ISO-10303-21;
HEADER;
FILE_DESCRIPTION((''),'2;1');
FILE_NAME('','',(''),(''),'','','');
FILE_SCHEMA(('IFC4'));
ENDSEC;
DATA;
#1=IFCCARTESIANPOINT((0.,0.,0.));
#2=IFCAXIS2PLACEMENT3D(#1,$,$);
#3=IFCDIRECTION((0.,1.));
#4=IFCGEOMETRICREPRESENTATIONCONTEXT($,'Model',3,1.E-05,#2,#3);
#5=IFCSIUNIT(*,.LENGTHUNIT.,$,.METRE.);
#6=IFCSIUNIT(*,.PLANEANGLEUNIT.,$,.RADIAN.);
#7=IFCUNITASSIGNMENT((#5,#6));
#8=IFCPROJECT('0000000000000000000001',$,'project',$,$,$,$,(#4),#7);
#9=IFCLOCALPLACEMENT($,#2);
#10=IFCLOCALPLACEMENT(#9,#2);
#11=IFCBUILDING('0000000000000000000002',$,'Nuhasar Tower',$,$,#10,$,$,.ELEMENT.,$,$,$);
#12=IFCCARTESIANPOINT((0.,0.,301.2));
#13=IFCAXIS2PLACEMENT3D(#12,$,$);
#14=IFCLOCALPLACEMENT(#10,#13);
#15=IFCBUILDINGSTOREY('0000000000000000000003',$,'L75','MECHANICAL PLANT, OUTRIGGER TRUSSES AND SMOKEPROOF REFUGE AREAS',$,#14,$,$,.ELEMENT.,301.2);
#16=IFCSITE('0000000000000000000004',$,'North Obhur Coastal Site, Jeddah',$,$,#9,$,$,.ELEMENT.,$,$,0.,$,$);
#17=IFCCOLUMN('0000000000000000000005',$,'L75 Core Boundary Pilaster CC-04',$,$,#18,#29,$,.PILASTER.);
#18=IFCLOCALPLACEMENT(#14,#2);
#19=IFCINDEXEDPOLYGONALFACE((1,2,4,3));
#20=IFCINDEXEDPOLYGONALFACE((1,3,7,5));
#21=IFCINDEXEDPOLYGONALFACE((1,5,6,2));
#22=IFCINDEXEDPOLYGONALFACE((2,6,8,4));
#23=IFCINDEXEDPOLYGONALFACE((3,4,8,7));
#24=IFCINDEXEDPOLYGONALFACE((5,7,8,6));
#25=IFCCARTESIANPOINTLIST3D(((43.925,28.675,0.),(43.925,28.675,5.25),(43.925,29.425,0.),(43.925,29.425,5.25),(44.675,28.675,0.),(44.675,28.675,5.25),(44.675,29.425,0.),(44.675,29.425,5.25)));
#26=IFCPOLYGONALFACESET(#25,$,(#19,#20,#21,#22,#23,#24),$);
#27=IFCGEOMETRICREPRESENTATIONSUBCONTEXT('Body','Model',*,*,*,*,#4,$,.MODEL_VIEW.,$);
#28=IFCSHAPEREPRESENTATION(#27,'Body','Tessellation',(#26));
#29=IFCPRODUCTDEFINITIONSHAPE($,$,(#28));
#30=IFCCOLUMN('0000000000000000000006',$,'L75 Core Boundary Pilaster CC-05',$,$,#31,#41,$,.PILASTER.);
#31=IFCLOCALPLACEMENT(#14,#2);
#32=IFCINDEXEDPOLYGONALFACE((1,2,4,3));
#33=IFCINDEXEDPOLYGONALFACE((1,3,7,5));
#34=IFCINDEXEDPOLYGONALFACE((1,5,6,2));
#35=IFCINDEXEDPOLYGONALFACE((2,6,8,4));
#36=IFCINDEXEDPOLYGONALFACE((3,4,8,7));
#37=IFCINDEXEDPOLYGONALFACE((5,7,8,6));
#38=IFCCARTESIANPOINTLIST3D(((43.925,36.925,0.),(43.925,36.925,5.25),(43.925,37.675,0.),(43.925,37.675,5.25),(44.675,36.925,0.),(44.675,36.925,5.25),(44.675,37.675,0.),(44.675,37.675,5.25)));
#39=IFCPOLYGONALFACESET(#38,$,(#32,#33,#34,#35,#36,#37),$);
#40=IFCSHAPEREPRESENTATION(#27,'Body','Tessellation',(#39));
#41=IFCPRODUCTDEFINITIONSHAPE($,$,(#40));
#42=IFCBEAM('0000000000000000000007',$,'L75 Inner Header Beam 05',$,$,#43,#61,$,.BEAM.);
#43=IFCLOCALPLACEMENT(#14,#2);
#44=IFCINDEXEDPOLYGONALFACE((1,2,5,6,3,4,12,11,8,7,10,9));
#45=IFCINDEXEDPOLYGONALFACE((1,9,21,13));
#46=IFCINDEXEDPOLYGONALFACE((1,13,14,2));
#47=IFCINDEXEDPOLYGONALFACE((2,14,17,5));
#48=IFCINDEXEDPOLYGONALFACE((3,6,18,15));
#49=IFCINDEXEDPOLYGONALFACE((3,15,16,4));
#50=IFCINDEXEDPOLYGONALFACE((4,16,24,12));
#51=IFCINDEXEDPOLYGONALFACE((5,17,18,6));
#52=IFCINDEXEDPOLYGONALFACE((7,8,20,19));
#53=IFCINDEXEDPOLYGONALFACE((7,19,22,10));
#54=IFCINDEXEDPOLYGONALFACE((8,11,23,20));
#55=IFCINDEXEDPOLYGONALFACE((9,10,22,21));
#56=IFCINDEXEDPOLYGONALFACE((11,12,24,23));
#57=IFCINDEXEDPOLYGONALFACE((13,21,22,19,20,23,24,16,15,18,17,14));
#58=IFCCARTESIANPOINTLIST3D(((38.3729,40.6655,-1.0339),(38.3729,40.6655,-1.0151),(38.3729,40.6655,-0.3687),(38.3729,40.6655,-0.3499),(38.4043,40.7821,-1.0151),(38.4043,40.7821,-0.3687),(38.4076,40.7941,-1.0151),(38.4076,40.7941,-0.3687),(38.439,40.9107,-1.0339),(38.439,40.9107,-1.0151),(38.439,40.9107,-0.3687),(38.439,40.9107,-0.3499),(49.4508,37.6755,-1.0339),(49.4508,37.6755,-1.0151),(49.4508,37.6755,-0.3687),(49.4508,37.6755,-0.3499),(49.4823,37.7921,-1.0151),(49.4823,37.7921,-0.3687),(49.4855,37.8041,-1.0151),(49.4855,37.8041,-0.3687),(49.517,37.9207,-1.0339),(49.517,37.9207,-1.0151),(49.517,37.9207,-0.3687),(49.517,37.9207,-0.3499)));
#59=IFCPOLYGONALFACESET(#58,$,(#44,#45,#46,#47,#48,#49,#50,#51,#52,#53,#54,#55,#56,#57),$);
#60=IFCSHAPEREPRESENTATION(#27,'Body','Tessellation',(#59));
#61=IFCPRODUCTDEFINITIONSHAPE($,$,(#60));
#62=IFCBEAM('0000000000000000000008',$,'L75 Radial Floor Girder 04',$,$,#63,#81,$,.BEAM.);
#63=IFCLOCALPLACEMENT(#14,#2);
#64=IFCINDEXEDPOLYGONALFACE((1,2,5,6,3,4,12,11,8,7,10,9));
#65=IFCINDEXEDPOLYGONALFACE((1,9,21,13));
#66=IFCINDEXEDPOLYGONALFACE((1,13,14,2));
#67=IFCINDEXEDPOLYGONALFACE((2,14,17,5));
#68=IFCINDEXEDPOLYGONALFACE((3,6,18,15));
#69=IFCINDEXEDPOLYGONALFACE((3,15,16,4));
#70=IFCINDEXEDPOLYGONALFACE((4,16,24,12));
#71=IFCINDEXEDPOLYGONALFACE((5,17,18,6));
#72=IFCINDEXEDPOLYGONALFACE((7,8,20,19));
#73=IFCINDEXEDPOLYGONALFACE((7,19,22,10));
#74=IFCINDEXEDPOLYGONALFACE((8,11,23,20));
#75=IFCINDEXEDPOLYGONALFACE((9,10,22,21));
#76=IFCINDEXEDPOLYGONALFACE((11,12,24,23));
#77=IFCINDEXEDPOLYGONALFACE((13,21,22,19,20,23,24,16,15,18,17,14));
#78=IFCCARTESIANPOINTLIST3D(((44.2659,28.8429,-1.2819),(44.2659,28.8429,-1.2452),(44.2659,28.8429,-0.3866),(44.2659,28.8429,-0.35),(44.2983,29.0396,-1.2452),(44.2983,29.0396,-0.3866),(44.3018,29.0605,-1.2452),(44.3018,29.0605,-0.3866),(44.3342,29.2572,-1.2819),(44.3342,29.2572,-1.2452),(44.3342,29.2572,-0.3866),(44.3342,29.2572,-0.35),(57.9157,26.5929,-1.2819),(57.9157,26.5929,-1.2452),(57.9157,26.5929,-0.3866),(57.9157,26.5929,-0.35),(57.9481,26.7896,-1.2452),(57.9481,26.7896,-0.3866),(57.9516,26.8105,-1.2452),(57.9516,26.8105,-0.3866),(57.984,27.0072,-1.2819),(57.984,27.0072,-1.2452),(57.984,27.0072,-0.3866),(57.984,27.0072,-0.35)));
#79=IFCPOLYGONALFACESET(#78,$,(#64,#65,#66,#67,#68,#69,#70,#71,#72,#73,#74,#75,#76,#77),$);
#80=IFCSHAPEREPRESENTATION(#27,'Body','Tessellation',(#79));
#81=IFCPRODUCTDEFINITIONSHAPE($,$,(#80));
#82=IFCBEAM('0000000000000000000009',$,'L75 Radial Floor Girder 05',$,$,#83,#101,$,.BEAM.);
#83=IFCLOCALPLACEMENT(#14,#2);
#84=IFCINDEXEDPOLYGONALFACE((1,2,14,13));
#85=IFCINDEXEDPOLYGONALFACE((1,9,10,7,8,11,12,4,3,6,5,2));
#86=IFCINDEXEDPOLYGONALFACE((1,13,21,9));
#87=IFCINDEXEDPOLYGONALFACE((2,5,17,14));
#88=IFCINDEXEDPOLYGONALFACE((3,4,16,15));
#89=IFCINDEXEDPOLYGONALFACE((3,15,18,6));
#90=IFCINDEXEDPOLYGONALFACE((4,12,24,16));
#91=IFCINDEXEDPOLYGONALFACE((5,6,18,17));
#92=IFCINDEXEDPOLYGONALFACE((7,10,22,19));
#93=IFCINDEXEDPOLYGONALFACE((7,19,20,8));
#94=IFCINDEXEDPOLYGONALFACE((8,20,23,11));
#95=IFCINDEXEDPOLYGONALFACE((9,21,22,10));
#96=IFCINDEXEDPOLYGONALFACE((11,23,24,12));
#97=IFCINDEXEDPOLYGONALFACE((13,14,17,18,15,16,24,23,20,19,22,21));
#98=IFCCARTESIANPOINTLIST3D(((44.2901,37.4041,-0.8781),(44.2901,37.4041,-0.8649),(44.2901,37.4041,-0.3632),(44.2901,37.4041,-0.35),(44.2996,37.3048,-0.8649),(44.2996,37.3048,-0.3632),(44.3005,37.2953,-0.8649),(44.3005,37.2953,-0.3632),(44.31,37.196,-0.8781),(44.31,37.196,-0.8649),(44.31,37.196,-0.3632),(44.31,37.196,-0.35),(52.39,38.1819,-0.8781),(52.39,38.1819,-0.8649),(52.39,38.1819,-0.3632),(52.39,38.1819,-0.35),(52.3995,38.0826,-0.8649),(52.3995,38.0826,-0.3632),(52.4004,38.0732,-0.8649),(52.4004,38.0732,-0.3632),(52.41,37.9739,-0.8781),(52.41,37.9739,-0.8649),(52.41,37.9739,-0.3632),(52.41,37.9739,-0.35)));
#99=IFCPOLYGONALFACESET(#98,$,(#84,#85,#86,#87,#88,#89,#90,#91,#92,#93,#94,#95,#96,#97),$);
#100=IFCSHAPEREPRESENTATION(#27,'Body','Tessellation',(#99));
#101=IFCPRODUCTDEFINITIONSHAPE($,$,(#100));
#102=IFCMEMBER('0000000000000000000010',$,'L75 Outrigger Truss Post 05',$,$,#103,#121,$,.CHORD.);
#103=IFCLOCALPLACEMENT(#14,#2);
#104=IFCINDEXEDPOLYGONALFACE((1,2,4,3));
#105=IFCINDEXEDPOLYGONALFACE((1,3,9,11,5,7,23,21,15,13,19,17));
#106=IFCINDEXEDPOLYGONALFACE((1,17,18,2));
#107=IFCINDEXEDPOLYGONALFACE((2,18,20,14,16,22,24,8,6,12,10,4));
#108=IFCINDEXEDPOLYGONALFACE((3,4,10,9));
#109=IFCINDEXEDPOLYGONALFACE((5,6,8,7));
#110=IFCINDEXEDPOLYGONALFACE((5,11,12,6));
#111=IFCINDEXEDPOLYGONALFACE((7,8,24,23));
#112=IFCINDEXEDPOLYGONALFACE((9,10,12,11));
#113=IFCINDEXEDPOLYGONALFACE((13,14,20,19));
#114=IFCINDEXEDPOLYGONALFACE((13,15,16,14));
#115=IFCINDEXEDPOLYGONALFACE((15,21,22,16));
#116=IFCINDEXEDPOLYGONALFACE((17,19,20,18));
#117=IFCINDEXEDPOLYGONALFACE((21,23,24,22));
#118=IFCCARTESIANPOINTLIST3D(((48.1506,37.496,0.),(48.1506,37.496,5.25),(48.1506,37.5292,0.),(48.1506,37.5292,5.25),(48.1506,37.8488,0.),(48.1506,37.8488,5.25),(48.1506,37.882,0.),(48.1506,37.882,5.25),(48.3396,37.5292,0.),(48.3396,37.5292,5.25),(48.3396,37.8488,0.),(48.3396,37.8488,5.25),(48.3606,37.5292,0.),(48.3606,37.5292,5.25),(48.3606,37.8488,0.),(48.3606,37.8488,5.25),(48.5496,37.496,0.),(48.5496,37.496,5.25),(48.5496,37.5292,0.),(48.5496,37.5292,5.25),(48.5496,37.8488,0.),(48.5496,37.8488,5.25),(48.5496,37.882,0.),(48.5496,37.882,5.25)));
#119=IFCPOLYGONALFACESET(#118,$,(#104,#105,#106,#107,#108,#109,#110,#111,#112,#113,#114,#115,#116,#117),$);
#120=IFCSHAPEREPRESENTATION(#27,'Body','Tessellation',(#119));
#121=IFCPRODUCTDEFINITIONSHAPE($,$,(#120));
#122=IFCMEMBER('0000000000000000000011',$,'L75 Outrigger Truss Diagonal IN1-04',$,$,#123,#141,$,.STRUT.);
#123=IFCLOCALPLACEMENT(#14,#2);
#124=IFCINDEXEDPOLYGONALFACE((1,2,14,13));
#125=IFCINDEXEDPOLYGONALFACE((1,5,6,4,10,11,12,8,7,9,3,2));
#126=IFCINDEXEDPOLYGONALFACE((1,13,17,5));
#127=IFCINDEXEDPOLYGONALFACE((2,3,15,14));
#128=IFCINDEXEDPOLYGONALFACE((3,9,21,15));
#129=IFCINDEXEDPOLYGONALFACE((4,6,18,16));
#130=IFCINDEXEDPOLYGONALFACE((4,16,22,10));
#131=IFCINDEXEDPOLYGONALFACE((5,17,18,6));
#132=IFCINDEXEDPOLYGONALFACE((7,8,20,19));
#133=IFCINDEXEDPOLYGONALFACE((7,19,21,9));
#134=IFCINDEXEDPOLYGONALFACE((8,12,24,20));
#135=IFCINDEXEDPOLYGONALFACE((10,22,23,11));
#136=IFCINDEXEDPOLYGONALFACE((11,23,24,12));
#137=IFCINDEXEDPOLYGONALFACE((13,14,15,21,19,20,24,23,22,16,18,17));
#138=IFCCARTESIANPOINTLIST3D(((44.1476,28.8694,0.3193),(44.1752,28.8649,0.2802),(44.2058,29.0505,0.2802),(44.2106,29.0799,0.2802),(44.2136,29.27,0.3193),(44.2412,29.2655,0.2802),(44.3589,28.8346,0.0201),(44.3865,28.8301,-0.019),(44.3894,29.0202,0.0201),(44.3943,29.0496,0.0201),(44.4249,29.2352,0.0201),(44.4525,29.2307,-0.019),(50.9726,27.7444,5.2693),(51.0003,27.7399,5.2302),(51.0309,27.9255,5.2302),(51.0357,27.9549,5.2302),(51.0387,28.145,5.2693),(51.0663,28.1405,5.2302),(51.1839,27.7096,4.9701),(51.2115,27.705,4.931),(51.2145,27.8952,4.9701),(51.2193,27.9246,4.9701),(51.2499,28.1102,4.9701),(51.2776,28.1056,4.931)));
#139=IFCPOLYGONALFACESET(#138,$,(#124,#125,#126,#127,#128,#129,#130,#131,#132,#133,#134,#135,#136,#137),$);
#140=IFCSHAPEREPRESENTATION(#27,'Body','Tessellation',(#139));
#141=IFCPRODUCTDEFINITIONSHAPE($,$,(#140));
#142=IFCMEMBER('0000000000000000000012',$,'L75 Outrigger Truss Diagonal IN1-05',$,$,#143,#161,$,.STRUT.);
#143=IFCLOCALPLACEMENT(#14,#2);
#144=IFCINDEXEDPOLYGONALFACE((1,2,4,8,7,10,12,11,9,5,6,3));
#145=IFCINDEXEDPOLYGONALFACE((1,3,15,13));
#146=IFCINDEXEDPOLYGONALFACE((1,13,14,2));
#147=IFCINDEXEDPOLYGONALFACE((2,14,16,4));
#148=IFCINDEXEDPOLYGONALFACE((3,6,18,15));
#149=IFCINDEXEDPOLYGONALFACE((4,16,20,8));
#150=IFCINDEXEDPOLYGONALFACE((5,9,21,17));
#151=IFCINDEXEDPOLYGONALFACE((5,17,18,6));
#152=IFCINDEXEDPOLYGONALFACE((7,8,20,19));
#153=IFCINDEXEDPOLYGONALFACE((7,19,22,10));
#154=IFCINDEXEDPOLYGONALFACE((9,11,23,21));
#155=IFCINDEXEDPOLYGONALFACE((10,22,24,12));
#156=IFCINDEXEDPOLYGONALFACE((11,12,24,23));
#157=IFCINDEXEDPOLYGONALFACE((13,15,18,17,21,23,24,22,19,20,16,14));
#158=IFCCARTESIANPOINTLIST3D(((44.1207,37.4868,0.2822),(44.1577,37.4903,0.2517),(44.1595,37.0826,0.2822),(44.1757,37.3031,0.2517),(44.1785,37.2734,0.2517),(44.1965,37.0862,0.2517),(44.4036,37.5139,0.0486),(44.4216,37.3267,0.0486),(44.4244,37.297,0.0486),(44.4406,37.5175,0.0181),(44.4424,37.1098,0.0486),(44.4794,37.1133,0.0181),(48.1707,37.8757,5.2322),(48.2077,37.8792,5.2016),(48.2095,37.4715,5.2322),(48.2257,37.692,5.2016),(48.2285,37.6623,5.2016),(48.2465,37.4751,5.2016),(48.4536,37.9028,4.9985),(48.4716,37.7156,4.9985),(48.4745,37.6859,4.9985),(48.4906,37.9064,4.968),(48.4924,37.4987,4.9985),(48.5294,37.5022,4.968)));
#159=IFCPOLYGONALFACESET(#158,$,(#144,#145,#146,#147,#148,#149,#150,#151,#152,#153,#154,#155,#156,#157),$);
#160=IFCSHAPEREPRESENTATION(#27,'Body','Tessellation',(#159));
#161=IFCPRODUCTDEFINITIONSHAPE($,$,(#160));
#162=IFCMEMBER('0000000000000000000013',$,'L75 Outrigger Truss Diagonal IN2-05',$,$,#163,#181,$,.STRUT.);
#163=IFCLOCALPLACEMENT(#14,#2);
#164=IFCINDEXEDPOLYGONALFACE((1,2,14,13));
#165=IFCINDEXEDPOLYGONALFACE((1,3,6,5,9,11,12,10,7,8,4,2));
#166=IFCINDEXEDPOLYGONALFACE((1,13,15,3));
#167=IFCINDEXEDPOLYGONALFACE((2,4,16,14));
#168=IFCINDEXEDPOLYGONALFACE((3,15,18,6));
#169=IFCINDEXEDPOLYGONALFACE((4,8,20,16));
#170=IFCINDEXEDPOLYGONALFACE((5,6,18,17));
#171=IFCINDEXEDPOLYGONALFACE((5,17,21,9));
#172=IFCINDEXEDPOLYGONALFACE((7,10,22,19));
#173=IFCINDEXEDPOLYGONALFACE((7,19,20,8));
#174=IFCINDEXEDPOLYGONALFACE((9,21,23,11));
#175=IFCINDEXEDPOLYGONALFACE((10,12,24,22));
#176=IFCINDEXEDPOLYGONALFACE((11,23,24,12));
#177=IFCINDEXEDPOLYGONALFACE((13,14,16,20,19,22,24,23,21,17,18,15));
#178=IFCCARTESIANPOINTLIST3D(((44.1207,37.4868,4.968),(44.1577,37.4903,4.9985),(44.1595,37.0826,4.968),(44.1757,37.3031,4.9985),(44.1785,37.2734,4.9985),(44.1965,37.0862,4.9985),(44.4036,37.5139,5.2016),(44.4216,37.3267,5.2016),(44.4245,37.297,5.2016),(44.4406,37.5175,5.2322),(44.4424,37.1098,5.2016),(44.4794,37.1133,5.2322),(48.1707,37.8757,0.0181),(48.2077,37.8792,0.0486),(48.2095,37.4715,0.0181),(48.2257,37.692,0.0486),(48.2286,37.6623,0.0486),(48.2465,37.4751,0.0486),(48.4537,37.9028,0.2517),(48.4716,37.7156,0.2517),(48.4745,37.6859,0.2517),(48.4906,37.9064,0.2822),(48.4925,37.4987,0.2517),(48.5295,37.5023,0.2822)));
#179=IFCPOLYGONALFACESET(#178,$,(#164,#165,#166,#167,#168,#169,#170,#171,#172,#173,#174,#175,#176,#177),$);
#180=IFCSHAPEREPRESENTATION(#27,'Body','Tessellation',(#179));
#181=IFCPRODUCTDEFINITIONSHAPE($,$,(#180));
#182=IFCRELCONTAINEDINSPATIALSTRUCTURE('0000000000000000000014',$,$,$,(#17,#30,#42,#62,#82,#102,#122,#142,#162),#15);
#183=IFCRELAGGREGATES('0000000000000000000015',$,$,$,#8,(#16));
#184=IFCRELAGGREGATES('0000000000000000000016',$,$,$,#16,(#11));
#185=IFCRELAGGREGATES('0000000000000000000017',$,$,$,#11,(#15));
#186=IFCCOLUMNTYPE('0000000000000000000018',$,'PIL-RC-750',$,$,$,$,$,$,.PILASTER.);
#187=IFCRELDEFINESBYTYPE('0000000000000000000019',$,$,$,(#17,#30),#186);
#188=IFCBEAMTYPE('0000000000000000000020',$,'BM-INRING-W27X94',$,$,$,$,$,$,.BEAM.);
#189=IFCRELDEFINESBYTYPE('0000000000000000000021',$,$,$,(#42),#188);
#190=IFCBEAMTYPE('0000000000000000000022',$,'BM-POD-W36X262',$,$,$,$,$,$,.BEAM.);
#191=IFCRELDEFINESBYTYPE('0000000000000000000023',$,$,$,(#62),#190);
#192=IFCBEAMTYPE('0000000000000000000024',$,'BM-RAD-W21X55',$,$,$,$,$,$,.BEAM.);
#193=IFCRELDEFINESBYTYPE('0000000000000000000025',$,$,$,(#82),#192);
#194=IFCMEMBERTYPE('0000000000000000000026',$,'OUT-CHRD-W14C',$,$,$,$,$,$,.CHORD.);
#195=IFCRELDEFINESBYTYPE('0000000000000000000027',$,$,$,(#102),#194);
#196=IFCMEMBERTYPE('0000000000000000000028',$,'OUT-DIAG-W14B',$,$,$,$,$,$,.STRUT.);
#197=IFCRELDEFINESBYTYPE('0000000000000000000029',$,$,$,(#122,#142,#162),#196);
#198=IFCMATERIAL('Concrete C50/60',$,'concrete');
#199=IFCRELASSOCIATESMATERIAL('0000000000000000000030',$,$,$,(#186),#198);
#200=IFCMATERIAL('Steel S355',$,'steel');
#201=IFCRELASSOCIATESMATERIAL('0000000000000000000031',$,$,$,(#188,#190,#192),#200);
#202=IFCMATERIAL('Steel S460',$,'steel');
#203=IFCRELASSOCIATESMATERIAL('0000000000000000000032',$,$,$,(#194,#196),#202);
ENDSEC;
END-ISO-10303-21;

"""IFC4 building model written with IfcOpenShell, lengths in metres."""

from ifc_helpers import new_model, si_unit, direction, frame, origin, origin_2d, place, context, subcontext, project, spatial, rectangle, i_section, extrude, material, material_profile, profile_set, type_object, element, save


model = new_model("IFC4")

# Units and contexts
model_context = context("Model", 3, precision=1e-05, world=origin(), true_north=direction((0.0, 1.0)))
body_context = subcontext(model_context, "Body", "Model", "MODEL_VIEW")
ifc_project = project(units=[si_unit("LENGTHUNIT", "METRE"), si_unit("PLANEANGLEUNIT", "RADIAN")], contexts=[model_context])

# Site, building, storey
site_placement = place(None, origin())
site = spatial("IfcSite", under=ifc_project, at=site_placement, Name="North Obhur Coastal Site, Jeddah", CompositionType="ELEMENT", RefElevation=0.0)
building_placement = place(site_placement, origin())
building = spatial("IfcBuilding", under=site, at=building_placement, Name="Nuhasar Tower", CompositionType="ELEMENT")
storey_placement = place(building_placement, frame((0.0, 0.0, 301.2)))
storey = spatial("IfcBuildingStorey", under=building, at=storey_placement, Name="L75", Description="MECHANICAL PLANT, OUTRIGGER TRUSSES AND SMOKEPROOF REFUGE AREAS", CompositionType="ELEMENT", Elevation=301.2)

# Columns
ifc_material_1 = material(Name="Concrete C50/60", Category="concrete")
ifc_material_profile_1 = material_profile(ifc_material_1, rectangle(XDim=0.75, YDim=0.75, at=origin_2d()), Name="RC750X750")
ifc_profile_set_1 = profile_set([ifc_material_profile_1], Name="Concrete C50/60")
column_type = type_object("IfcColumnType", Name="PIL-RC-750", PredefinedType="PILASTER", material=ifc_profile_set_1)
for number, where, z_axis, x_axis, name in (
    (1, (44.3, 29.05, 0.0), (0.0, 0.0, 1.0), (1.0, 0.0, 0.0), "L75 Core Boundary Pilaster CC-04"),
    (2, (44.3, 37.3, 0.0), (0.0, 0.0, 1.0), (1.0, 0.0, 0.0), "L75 Core Boundary Pilaster CC-05"),
):
    element("IfcColumn", number, at=place(storey_placement, frame(where, z_axis=z_axis, x_axis=x_axis)), inside=storey, type_object=column_type, Name=name, PredefinedType="PILASTER", context=body_context, shape_type="SweptSolid", body=[
        extrude(rectangle(XDim=0.75, YDim=0.75, at=origin_2d()), origin(), (0.0, 0.0, 1.0), 5.25),
    ])

# Beams
ifc_material_2 = material(Name="Steel S355", Category="steel")
ifc_material_profile_2 = material_profile(ifc_material_2, i_section(OverallWidth=0.2539, OverallDepth=0.6841, WebThickness=0.0125, FlangeThickness=0.0188, at=origin_2d()), Name="W27X94")
ifc_profile_set_2 = profile_set([ifc_material_profile_2], Name="Steel S355")
beam_type_1 = type_object("IfcBeamType", Name="BM-INRING-W27X94", PredefinedType="BEAM", material=ifc_profile_set_2)
beam_1_placement = place(storey_placement, frame((49.4839, 37.7981, -0.6919), z_axis=(-0.965452, 0.260582, 0.0), x_axis=(-0.260582, -0.965452, 0.0)))
element("IfcBeam", 3, at=beam_1_placement, inside=storey, type_object=beam_type_1, Name="L75 Inner Header Beam 05", PredefinedType="BEAM", context=body_context, shape_type="SweptSolid", body=[
    extrude(i_section(OverallWidth=0.2539, OverallDepth=0.6841, WebThickness=0.0125, FlangeThickness=0.0188, at=origin_2d()), origin(), (0.0, 0.0, 1.0), 11.4744),
])
ifc_material_profile_3 = material_profile(ifc_material_2, i_section(OverallWidth=0.4199, OverallDepth=0.9319, WebThickness=0.0212, FlangeThickness=0.0366, at=origin_2d()), Name="W36X262")
ifc_profile_set_3 = profile_set([ifc_material_profile_3], Name="Steel S355")
beam_type_2 = type_object("IfcBeamType", Name="BM-POD-W36X262", PredefinedType="BEAM", material=ifc_profile_set_3)
beam_2_placement = place(storey_placement, frame((44.3, 29.05, -0.8159), z_axis=(0.986685, -0.162642, 0.0), x_axis=(0.162642, 0.986685, 0.0)))
element("IfcBeam", 4, at=beam_2_placement, inside=storey, type_object=beam_type_2, Name="L75 Radial Floor Girder 04", PredefinedType="BEAM", context=body_context, shape_type="SweptSolid", body=[
    extrude(i_section(OverallWidth=0.4199, OverallDepth=0.9319, WebThickness=0.0212, FlangeThickness=0.0366, at=origin_2d()), origin(), (0.0, 0.0, 1.0), 13.834),
])
ifc_material_profile_4 = material_profile(ifc_material_2, i_section(OverallWidth=0.209, OverallDepth=0.5281, WebThickness=0.0095, FlangeThickness=0.0132, at=origin_2d()), Name="W21X55")
ifc_profile_set_4 = profile_set([ifc_material_profile_4], Name="Steel S355")
beam_type_3 = type_object("IfcBeamType", Name="BM-RAD-W21X55", PredefinedType="BEAM", material=ifc_profile_set_4)
beam_3_placement = place(storey_placement, frame((44.3, 37.3, -0.614), z_axis=(0.995421, 0.095591, 0.0), x_axis=(-0.095591, 0.995421, 0.0)))
element("IfcBeam", 5, at=beam_3_placement, inside=storey, type_object=beam_type_3, Name="L75 Radial Floor Girder 05", PredefinedType="BEAM", context=body_context, shape_type="SweptSolid", body=[
    extrude(i_section(OverallWidth=0.209, OverallDepth=0.5281, WebThickness=0.0095, FlangeThickness=0.0132, at=origin_2d()), origin(), (0.0, 0.0, 1.0), 8.1372),
])

# Members
ifc_material_3 = material(Name="Steel S460", Category="steel")
ifc_material_profile_5 = material_profile(ifc_material_3, i_section(OverallWidth=0.3989, OverallDepth=0.386, WebThickness=0.021, FlangeThickness=0.0332, at=origin_2d()), Name="W14X176")
ifc_profile_set_5 = profile_set([ifc_material_profile_5], Name="Steel S460")
member_type_1 = type_object("IfcMemberType", Name="OUT-CHRD-W14C", PredefinedType="CHORD", material=ifc_profile_set_5)
member_1_placement = place(storey_placement, frame((48.3501, 37.689, 0.0), z_axis=(0.0, 0.0, 1.0), x_axis=(1.0, 0.0, 0.0)))
element("IfcMember", 6, at=member_1_placement, inside=storey, type_object=member_type_1, Name="L75 Outrigger Truss Post 05", PredefinedType="CHORD", context=body_context, shape_type="SweptSolid", body=[
    extrude(i_section(OverallWidth=0.3989, OverallDepth=0.386, WebThickness=0.021, FlangeThickness=0.0332, at=origin_2d()), origin(), (0.0, 0.0, 1.0), 5.25),
])
ifc_material_profile_6 = material_profile(ifc_material_3, i_section(OverallWidth=0.406, OverallDepth=0.416, WebThickness=0.0298, FlangeThickness=0.0481, at=origin_2d()), Name="W14X257")
ifc_profile_set_6 = profile_set([ifc_material_profile_6], Name="Steel S460")
member_type_2 = type_object("IfcMemberType", Name="OUT-DIAG-W14B", PredefinedType="STRUT", material=ifc_profile_set_6)
member_2_placement = place(storey_placement, frame((44.3, 29.05, 0.1501), z_axis=(0.802394, -0.132264, 0.581954), x_axis=(0.162642, 0.986685, 0.0)))
element("IfcMember", 7, at=member_2_placement, inside=storey, type_object=member_type_2, Name="L75 Outrigger Truss Diagonal IN1-04", PredefinedType="STRUT", context=body_context, shape_type="SweptSolid", body=[
    extrude(i_section(OverallWidth=0.406, OverallDepth=0.416, WebThickness=0.0298, FlangeThickness=0.0481, at=origin_2d()), origin(), (0.0, 0.0, 1.0), 8.5059),
])
for number, where, z_axis, x_axis, name in (
    (8, (44.3, 37.3, 0.1501), (0.632079, 0.060697, 0.772524), (-0.095588, 0.995421, 0.0), "L75 Outrigger Truss Diagonal IN1-05"),
    (9, (48.3501, 37.689, 0.1501), (-0.632079, -0.060697, 0.772524), (0.095588, -0.995421, 0.0), "L75 Outrigger Truss Diagonal IN2-05"),
):
    element("IfcMember", number, at=place(storey_placement, frame(where, z_axis=z_axis, x_axis=x_axis)), inside=storey, type_object=member_type_2, Name=name, PredefinedType="STRUT", context=body_context, shape_type="SweptSolid", body=[
        extrude(i_section(OverallWidth=0.406, OverallDepth=0.416, WebThickness=0.0298, FlangeThickness=0.0481, at=origin_2d()), origin(), (0.0, 0.0, 1.0), 6.4075),
    ])

save(model, "model.ifc")
